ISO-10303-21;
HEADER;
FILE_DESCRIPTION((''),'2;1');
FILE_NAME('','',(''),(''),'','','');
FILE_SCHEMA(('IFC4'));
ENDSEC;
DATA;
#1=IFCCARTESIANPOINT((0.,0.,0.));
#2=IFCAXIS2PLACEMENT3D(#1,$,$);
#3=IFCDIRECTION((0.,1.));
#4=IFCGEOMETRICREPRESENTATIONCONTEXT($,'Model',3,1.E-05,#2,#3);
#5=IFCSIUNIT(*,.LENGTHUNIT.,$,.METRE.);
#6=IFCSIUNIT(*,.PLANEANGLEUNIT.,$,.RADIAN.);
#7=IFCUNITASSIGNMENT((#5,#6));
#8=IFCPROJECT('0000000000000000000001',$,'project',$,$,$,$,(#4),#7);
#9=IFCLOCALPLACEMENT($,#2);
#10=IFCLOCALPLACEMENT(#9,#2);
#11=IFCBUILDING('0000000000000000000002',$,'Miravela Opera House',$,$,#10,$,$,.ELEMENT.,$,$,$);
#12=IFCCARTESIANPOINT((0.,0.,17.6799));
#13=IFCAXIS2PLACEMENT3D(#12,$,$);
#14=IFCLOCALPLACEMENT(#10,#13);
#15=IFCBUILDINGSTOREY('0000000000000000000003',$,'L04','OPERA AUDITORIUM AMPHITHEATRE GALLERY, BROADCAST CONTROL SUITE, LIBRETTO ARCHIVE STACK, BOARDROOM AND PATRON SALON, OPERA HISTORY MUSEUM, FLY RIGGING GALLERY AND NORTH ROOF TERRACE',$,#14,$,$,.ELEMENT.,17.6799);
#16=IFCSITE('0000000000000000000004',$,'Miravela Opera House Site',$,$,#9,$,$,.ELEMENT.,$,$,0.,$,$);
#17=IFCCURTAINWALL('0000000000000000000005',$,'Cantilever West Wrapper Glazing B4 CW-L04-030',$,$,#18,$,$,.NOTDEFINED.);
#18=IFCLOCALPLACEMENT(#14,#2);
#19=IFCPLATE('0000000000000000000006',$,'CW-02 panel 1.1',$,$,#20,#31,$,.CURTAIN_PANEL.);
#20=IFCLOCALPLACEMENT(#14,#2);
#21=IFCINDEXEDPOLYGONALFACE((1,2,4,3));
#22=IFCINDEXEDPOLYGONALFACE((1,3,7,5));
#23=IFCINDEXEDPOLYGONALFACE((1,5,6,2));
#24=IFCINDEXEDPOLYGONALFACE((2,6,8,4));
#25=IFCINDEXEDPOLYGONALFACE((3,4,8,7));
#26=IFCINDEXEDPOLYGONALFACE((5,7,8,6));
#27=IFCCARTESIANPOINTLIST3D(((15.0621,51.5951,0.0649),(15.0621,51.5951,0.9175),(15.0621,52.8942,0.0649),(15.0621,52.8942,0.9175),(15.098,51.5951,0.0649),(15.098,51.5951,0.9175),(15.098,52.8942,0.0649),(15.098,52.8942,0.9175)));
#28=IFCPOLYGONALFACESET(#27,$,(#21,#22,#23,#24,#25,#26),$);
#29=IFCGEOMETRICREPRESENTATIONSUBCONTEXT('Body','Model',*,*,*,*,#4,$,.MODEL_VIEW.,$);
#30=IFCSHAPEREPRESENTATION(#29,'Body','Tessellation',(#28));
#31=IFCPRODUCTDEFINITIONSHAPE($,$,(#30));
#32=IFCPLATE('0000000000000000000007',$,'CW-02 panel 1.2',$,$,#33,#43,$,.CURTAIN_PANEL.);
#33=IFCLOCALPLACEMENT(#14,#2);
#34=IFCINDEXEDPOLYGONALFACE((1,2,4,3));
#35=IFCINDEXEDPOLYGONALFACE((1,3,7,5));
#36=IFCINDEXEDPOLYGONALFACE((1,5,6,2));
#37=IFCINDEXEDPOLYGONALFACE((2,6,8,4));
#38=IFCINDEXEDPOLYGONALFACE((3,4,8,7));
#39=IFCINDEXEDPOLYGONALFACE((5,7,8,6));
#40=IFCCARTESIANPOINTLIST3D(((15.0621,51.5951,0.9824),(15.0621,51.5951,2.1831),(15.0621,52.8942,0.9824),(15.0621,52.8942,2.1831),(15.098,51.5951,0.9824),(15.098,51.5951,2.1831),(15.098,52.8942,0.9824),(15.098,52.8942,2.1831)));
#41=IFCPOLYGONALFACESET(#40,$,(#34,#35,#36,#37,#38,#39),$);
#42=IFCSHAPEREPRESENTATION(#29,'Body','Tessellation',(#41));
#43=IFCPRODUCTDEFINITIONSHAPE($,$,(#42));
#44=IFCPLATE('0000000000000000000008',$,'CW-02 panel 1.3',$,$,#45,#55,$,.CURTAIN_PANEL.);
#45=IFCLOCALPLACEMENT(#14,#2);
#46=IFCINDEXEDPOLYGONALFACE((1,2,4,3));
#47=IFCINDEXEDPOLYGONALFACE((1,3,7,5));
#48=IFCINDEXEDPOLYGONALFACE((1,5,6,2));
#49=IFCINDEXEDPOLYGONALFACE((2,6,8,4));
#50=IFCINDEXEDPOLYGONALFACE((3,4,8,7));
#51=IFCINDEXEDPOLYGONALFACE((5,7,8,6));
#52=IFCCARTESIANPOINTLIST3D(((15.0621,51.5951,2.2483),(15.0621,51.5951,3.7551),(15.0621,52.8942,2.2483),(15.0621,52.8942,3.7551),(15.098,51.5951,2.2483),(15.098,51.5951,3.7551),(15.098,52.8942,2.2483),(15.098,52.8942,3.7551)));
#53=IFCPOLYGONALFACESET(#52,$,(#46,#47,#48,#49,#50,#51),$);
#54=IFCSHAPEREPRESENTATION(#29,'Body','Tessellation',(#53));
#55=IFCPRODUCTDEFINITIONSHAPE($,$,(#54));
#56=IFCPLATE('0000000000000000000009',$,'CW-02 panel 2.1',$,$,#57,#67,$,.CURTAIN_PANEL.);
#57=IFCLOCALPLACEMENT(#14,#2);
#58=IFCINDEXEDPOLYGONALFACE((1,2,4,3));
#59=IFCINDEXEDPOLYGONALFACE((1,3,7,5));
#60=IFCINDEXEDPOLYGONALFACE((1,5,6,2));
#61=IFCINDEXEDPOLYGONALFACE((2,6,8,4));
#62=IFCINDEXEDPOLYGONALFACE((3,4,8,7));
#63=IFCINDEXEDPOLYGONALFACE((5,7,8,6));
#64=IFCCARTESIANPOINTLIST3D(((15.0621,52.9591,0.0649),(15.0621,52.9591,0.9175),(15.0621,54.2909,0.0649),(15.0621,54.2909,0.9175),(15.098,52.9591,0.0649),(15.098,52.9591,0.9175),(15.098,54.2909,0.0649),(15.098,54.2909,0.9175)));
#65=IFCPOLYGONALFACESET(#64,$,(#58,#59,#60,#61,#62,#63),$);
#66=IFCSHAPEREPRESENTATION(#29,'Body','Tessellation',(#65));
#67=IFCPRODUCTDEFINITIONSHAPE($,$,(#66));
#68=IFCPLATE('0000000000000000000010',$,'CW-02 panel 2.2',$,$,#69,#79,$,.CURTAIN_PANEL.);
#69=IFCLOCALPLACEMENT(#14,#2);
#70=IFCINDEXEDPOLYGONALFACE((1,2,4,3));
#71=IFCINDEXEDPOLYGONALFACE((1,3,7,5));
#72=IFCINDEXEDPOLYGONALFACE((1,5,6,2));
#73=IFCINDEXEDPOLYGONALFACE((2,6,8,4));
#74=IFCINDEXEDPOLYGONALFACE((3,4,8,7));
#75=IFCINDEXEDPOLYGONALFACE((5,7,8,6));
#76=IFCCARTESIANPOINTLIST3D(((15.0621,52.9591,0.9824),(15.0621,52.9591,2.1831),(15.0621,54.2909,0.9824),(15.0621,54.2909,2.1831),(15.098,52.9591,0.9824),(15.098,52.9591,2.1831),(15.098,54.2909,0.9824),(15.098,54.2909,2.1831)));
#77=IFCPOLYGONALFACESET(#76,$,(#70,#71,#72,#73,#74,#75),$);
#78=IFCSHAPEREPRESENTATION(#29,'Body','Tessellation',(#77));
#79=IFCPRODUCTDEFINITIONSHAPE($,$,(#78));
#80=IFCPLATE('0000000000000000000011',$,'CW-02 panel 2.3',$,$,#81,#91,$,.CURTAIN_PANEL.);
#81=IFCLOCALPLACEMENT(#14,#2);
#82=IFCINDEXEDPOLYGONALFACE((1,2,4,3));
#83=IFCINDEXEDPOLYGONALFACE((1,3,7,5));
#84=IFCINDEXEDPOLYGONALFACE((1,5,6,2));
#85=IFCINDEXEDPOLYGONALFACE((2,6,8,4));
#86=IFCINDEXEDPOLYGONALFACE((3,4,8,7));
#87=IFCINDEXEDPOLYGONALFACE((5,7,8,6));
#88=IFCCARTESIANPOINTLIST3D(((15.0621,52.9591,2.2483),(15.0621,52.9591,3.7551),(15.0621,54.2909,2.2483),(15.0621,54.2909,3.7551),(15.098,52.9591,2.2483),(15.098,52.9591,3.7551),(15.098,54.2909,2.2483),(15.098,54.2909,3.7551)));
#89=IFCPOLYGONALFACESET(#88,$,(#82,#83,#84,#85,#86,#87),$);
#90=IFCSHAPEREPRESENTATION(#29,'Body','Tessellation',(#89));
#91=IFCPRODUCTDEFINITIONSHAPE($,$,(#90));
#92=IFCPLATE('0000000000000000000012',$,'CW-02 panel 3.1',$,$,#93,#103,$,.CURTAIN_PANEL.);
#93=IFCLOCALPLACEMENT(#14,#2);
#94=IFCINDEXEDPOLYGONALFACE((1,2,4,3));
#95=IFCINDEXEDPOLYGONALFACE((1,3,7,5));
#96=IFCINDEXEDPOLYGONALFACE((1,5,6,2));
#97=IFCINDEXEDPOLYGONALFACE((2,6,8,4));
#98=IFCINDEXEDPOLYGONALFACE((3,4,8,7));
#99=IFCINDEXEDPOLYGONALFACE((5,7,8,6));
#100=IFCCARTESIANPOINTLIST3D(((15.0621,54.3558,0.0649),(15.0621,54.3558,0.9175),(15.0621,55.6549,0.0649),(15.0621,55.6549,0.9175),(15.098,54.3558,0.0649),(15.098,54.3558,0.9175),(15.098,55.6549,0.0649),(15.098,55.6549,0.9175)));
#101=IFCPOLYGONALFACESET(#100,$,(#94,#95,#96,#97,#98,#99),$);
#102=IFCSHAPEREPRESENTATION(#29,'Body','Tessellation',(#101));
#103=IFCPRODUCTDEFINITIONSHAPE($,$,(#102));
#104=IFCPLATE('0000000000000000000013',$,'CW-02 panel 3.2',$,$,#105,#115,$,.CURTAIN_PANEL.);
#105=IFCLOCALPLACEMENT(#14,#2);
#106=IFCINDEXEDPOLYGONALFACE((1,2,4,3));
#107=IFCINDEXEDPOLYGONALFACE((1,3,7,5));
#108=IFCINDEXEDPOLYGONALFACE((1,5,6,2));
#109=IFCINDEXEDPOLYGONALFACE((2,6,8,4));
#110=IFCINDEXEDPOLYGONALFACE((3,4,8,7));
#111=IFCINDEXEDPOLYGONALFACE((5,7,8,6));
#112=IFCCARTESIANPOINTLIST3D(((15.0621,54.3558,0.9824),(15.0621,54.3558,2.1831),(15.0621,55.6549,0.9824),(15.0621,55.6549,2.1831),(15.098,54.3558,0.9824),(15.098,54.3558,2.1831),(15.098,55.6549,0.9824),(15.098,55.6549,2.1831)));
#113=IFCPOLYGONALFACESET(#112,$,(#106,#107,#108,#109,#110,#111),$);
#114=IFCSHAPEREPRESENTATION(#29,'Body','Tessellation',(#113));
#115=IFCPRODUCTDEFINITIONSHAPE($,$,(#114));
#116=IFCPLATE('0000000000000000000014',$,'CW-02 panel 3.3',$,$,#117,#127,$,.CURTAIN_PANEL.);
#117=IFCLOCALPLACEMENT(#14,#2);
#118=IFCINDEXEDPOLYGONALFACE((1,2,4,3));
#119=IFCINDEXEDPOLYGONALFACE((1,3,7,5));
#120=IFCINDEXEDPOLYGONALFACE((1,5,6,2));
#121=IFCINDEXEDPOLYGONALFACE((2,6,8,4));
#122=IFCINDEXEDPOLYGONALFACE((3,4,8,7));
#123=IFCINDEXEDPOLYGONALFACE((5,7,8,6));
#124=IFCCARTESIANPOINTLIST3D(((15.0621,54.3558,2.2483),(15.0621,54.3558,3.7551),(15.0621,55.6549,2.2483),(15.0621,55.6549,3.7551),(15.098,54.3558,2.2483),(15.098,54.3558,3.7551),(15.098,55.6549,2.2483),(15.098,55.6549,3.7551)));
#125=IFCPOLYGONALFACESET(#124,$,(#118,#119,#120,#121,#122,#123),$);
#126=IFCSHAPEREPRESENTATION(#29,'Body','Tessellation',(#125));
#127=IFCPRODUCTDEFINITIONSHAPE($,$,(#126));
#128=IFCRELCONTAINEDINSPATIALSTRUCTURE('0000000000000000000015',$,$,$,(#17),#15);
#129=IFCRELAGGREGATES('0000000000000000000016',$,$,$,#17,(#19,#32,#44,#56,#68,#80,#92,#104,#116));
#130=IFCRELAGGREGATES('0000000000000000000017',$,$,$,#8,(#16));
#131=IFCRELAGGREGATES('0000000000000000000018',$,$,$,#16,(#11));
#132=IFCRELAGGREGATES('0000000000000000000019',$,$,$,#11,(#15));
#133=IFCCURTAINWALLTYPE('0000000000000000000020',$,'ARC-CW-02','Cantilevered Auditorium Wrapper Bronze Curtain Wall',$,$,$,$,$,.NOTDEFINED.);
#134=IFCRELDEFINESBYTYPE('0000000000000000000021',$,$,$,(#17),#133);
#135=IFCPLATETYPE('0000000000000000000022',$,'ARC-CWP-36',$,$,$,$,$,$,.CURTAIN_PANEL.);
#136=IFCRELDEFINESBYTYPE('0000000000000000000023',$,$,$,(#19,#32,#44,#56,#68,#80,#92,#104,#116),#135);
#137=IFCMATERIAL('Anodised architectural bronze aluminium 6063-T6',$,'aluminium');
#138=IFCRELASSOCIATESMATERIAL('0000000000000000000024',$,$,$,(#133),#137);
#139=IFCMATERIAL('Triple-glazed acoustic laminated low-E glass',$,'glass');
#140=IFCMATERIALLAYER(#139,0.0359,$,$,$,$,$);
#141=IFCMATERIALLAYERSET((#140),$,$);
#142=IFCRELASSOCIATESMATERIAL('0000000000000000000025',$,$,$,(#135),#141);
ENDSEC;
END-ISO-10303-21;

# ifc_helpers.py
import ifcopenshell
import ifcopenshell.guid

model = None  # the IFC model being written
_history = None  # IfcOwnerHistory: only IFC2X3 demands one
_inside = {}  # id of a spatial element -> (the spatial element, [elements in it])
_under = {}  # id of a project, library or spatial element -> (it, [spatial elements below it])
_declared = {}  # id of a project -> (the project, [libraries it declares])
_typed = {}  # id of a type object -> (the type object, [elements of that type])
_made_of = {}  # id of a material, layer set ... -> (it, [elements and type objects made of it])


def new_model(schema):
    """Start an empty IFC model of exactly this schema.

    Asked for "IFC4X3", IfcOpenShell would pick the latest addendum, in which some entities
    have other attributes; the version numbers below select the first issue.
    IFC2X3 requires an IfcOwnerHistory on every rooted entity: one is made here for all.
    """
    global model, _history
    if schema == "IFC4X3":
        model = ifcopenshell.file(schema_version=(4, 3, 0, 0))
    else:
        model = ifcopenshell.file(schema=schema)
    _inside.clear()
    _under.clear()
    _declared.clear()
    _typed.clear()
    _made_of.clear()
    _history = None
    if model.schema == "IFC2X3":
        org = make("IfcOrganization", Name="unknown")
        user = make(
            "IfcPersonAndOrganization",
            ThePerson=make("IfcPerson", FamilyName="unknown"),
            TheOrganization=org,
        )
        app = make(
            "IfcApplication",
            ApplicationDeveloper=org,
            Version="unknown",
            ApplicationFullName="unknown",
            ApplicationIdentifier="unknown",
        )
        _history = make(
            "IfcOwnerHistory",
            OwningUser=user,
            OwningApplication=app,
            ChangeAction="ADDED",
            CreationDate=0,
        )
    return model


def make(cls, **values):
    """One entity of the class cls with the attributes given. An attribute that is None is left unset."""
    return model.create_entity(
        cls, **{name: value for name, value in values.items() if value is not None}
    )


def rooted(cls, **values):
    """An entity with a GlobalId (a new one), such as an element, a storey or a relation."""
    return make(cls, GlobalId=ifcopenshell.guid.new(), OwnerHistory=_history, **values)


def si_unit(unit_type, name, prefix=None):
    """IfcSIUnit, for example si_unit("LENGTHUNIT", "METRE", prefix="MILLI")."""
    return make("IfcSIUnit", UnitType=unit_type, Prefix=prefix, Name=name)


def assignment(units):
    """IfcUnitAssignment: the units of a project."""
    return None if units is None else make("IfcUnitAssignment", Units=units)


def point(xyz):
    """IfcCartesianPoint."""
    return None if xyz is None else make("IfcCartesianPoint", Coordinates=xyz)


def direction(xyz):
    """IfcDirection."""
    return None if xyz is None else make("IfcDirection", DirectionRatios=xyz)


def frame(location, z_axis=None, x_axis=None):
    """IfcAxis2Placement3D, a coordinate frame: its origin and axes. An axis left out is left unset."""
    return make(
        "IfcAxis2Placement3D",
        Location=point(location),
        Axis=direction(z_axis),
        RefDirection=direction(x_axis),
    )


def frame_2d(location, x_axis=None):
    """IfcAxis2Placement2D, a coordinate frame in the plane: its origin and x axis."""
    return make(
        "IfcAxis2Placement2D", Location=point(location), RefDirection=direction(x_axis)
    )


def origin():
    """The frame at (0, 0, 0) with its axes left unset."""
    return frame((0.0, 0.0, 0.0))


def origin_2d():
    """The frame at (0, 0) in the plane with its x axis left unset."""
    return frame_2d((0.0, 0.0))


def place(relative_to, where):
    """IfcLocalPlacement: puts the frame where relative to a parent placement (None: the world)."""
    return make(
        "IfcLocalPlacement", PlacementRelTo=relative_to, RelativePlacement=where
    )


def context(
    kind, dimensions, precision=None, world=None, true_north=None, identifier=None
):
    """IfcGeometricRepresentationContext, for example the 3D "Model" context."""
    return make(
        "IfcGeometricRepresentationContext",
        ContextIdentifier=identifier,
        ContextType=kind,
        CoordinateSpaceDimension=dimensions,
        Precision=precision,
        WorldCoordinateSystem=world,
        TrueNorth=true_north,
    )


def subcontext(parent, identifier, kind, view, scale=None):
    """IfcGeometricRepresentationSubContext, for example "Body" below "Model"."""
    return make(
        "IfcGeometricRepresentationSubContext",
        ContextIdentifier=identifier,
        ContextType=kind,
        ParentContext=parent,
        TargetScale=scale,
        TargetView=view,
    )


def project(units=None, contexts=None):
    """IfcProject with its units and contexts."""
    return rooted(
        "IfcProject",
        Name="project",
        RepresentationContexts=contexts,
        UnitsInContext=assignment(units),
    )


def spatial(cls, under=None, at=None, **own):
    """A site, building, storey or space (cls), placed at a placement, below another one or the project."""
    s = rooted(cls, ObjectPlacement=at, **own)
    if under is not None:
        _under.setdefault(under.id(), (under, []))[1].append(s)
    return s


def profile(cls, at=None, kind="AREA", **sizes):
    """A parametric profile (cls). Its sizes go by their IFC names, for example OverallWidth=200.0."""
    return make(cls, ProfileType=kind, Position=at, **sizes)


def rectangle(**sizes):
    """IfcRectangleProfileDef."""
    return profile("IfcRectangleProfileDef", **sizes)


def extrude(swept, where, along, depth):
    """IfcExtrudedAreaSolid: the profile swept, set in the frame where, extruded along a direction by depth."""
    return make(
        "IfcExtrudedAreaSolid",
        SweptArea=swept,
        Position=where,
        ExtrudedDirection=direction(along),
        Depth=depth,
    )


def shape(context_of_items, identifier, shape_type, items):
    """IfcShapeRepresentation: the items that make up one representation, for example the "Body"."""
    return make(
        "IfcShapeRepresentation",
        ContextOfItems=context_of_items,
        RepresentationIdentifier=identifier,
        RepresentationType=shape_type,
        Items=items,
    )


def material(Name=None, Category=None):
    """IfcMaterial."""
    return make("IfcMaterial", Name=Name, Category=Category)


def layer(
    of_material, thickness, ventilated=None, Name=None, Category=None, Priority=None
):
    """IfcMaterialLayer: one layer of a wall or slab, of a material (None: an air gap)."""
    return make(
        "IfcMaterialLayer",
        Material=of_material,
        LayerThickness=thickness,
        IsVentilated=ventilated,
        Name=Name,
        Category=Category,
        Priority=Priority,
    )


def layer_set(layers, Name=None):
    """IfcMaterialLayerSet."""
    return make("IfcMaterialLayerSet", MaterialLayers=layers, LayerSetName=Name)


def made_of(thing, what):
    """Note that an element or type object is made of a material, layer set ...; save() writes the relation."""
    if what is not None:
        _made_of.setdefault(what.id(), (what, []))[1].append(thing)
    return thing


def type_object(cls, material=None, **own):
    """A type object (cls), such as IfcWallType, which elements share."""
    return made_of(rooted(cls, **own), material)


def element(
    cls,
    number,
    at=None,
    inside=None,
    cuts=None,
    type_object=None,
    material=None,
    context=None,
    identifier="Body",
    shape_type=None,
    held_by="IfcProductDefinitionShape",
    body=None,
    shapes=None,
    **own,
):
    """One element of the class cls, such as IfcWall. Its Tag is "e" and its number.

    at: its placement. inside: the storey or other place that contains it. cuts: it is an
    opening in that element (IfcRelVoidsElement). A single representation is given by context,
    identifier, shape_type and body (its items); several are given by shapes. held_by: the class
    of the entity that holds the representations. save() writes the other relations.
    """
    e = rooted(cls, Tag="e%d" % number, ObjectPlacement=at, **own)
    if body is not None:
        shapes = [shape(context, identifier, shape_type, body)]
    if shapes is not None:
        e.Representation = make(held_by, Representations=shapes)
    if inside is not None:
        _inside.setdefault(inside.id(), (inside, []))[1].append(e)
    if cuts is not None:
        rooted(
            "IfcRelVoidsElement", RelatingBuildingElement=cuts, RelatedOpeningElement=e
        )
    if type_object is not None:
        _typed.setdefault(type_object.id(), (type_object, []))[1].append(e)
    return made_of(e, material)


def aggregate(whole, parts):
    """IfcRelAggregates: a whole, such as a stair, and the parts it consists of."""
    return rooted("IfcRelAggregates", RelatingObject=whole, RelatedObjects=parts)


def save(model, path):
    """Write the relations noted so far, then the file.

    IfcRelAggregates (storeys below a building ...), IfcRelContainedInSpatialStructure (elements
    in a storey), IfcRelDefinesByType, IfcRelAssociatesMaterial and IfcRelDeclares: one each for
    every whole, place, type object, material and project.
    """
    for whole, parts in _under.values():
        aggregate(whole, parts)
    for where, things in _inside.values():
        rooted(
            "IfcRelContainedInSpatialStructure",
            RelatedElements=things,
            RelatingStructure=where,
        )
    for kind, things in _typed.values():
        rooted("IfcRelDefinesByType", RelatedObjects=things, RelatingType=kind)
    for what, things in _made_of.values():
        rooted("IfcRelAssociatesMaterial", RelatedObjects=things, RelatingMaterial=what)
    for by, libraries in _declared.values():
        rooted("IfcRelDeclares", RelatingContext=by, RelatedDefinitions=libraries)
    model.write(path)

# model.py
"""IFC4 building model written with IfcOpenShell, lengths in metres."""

from ifc_helpers import new_model, si_unit, direction, frame, origin, origin_2d, place, context, subcontext, project, spatial, rectangle, extrude, material, layer, layer_set, type_object, element, aggregate, save


model = new_model("IFC4")

# Units and contexts
model_context = context("Model", 3, precision=1e-05, world=origin(), true_north=direction((0.0, 1.0)))
body_context = subcontext(model_context, "Body", "Model", "MODEL_VIEW")
ifc_project = project(units=[si_unit("LENGTHUNIT", "METRE"), si_unit("PLANEANGLEUNIT", "RADIAN")], contexts=[model_context])

# Site, building, storey
site_placement = place(None, origin())
site = spatial("IfcSite", under=ifc_project, at=site_placement, Name="Miravela Opera House Site", CompositionType="ELEMENT", RefElevation=0.0)
building_placement = place(site_placement, origin())
building = spatial("IfcBuilding", under=site, at=building_placement, Name="Miravela Opera House", CompositionType="ELEMENT")
storey_placement = place(building_placement, frame((0.0, 0.0, 17.6799)))
storey = spatial("IfcBuildingStorey", under=building, at=storey_placement, Name="L04", Description="OPERA AUDITORIUM AMPHITHEATRE GALLERY, BROADCAST CONTROL SUITE, LIBRETTO ARCHIVE STACK, BOARDROOM AND PATRON SALON, OPERA HISTORY MUSEUM, FLY RIGGING GALLERY AND NORTH ROOF TERRACE", CompositionType="ELEMENT", Elevation=17.6799)

# Curtain wall
ifc_material_1 = material(Name="Anodised architectural bronze aluminium 6063-T6", Category="aluminium")
curtain_wall_type = type_object("IfcCurtainWallType", Name="ARC-CW-02", Description="Cantilevered Auditorium Wrapper Bronze Curtain Wall", PredefinedType="NOTDEFINED", material=ifc_material_1)
curtain_wall_placement = place(storey_placement, origin())
curtain_wall = element("IfcCurtainWall", 1, at=curtain_wall_placement, inside=storey, type_object=curtain_wall_type, Name="Cantilever West Wrapper Glazing B4 CW-L04-030", PredefinedType="NOTDEFINED")

# Plates
ifc_material_2 = material(Name="Triple-glazed acoustic laminated low-E glass", Category="glass")
ifc_layer = layer(ifc_material_2, 0.0359)
ifc_layer_set = layer_set([ifc_layer])
plate_type = type_object("IfcPlateType", Name="ARC-CWP-36", PredefinedType="CURTAIN_PANEL", material=ifc_layer_set)
plate_1_placement = place(storey_placement, frame((15.0801, 52.2446, 0.0649), z_axis=(0.0, 0.0, 1.0), x_axis=(0.0, 1.0, 0.0)))
plate_1 = element("IfcPlate", 2, at=plate_1_placement, type_object=plate_type, Name="CW-02 panel 1.1", PredefinedType="CURTAIN_PANEL", context=body_context, shape_type="SweptSolid", body=[
    extrude(rectangle(XDim=1.2991, YDim=0.0359, at=origin_2d()), origin(), (0.0, 0.0, 1.0), 0.8525),
])
plate_2_placement = place(storey_placement, frame((15.0801, 52.2446, 0.9824), z_axis=(0.0, 0.0, 1.0), x_axis=(0.0, 1.0, 0.0)))
plate_2 = element("IfcPlate", 3, at=plate_2_placement, type_object=plate_type, Name="CW-02 panel 1.2", PredefinedType="CURTAIN_PANEL", context=body_context, shape_type="SweptSolid", body=[
    extrude(rectangle(XDim=1.2991, YDim=0.0359, at=origin_2d()), origin(), (0.0, 0.0, 1.0), 1.2007),
])
plate_3_placement = place(storey_placement, frame((15.0801, 52.2446, 2.2483), z_axis=(0.0, 0.0, 1.0), x_axis=(0.0, 1.0, 0.0)))
plate_3 = element("IfcPlate", 4, at=plate_3_placement, type_object=plate_type, Name="CW-02 panel 1.3", PredefinedType="CURTAIN_PANEL", context=body_context, shape_type="SweptSolid", body=[
    extrude(rectangle(XDim=1.2991, YDim=0.0359, at=origin_2d()), origin(), (0.0, 0.0, 1.0), 1.5068),
])
plate_4_placement = place(storey_placement, frame((15.0801, 53.625, 0.0649), z_axis=(0.0, 0.0, 1.0), x_axis=(0.0, 1.0, 0.0)))
plate_4 = element("IfcPlate", 5, at=plate_4_placement, type_object=plate_type, Name="CW-02 panel 2.1", PredefinedType="CURTAIN_PANEL", context=body_context, shape_type="SweptSolid", body=[
    extrude(rectangle(XDim=1.3318, YDim=0.0359, at=origin_2d()), origin(), (0.0, 0.0, 1.0), 0.8525),
])
plate_5_placement = place(storey_placement, frame((15.0801, 53.625, 0.9824), z_axis=(0.0, 0.0, 1.0), x_axis=(0.0, 1.0, 0.0)))
plate_5 = element("IfcPlate", 6, at=plate_5_placement, type_object=plate_type, Name="CW-02 panel 2.2", PredefinedType="CURTAIN_PANEL", context=body_context, shape_type="SweptSolid", body=[
    extrude(rectangle(XDim=1.3318, YDim=0.0359, at=origin_2d()), origin(), (0.0, 0.0, 1.0), 1.2007),
])
plate_6_placement = place(storey_placement, frame((15.0801, 53.625, 2.2483), z_axis=(0.0, 0.0, 1.0), x_axis=(0.0, 1.0, 0.0)))
plate_6 = element("IfcPlate", 7, at=plate_6_placement, type_object=plate_type, Name="CW-02 panel 2.3", PredefinedType="CURTAIN_PANEL", context=body_context, shape_type="SweptSolid", body=[
    extrude(rectangle(XDim=1.3318, YDim=0.0359, at=origin_2d()), origin(), (0.0, 0.0, 1.0), 1.5068),
])
plate_7_placement = place(storey_placement, frame((15.0801, 55.0054, 0.0649), z_axis=(0.0, 0.0, 1.0), x_axis=(0.0, 1.0, 0.0)))
plate_7 = element("IfcPlate", 8, at=plate_7_placement, type_object=plate_type, Name="CW-02 panel 3.1", PredefinedType="CURTAIN_PANEL", context=body_context, shape_type="SweptSolid", body=[
    extrude(rectangle(XDim=1.2991, YDim=0.0359, at=origin_2d()), origin(), (0.0, 0.0, 1.0), 0.8525),
])
plate_8_placement = place(storey_placement, frame((15.0801, 55.0054, 0.9824), z_axis=(0.0, 0.0, 1.0), x_axis=(0.0, 1.0, 0.0)))
plate_8 = element("IfcPlate", 9, at=plate_8_placement, type_object=plate_type, Name="CW-02 panel 3.2", PredefinedType="CURTAIN_PANEL", context=body_context, shape_type="SweptSolid", body=[
    extrude(rectangle(XDim=1.2991, YDim=0.0359, at=origin_2d()), origin(), (0.0, 0.0, 1.0), 1.2007),
])
plate_9_placement = place(storey_placement, frame((15.0801, 55.0054, 2.2483), z_axis=(0.0, 0.0, 1.0), x_axis=(0.0, 1.0, 0.0)))
plate_9 = element("IfcPlate", 10, at=plate_9_placement, type_object=plate_type, Name="CW-02 panel 3.3", PredefinedType="CURTAIN_PANEL", context=body_context, shape_type="SweptSolid", body=[
    extrude(rectangle(XDim=1.2991, YDim=0.0359, at=origin_2d()), origin(), (0.0, 0.0, 1.0), 1.5068),
])
aggregate(curtain_wall, [plate_1, plate_2, plate_3, plate_4, plate_5, plate_6, plate_7, plate_8, plate_9])

save(model, "model.ifc")
